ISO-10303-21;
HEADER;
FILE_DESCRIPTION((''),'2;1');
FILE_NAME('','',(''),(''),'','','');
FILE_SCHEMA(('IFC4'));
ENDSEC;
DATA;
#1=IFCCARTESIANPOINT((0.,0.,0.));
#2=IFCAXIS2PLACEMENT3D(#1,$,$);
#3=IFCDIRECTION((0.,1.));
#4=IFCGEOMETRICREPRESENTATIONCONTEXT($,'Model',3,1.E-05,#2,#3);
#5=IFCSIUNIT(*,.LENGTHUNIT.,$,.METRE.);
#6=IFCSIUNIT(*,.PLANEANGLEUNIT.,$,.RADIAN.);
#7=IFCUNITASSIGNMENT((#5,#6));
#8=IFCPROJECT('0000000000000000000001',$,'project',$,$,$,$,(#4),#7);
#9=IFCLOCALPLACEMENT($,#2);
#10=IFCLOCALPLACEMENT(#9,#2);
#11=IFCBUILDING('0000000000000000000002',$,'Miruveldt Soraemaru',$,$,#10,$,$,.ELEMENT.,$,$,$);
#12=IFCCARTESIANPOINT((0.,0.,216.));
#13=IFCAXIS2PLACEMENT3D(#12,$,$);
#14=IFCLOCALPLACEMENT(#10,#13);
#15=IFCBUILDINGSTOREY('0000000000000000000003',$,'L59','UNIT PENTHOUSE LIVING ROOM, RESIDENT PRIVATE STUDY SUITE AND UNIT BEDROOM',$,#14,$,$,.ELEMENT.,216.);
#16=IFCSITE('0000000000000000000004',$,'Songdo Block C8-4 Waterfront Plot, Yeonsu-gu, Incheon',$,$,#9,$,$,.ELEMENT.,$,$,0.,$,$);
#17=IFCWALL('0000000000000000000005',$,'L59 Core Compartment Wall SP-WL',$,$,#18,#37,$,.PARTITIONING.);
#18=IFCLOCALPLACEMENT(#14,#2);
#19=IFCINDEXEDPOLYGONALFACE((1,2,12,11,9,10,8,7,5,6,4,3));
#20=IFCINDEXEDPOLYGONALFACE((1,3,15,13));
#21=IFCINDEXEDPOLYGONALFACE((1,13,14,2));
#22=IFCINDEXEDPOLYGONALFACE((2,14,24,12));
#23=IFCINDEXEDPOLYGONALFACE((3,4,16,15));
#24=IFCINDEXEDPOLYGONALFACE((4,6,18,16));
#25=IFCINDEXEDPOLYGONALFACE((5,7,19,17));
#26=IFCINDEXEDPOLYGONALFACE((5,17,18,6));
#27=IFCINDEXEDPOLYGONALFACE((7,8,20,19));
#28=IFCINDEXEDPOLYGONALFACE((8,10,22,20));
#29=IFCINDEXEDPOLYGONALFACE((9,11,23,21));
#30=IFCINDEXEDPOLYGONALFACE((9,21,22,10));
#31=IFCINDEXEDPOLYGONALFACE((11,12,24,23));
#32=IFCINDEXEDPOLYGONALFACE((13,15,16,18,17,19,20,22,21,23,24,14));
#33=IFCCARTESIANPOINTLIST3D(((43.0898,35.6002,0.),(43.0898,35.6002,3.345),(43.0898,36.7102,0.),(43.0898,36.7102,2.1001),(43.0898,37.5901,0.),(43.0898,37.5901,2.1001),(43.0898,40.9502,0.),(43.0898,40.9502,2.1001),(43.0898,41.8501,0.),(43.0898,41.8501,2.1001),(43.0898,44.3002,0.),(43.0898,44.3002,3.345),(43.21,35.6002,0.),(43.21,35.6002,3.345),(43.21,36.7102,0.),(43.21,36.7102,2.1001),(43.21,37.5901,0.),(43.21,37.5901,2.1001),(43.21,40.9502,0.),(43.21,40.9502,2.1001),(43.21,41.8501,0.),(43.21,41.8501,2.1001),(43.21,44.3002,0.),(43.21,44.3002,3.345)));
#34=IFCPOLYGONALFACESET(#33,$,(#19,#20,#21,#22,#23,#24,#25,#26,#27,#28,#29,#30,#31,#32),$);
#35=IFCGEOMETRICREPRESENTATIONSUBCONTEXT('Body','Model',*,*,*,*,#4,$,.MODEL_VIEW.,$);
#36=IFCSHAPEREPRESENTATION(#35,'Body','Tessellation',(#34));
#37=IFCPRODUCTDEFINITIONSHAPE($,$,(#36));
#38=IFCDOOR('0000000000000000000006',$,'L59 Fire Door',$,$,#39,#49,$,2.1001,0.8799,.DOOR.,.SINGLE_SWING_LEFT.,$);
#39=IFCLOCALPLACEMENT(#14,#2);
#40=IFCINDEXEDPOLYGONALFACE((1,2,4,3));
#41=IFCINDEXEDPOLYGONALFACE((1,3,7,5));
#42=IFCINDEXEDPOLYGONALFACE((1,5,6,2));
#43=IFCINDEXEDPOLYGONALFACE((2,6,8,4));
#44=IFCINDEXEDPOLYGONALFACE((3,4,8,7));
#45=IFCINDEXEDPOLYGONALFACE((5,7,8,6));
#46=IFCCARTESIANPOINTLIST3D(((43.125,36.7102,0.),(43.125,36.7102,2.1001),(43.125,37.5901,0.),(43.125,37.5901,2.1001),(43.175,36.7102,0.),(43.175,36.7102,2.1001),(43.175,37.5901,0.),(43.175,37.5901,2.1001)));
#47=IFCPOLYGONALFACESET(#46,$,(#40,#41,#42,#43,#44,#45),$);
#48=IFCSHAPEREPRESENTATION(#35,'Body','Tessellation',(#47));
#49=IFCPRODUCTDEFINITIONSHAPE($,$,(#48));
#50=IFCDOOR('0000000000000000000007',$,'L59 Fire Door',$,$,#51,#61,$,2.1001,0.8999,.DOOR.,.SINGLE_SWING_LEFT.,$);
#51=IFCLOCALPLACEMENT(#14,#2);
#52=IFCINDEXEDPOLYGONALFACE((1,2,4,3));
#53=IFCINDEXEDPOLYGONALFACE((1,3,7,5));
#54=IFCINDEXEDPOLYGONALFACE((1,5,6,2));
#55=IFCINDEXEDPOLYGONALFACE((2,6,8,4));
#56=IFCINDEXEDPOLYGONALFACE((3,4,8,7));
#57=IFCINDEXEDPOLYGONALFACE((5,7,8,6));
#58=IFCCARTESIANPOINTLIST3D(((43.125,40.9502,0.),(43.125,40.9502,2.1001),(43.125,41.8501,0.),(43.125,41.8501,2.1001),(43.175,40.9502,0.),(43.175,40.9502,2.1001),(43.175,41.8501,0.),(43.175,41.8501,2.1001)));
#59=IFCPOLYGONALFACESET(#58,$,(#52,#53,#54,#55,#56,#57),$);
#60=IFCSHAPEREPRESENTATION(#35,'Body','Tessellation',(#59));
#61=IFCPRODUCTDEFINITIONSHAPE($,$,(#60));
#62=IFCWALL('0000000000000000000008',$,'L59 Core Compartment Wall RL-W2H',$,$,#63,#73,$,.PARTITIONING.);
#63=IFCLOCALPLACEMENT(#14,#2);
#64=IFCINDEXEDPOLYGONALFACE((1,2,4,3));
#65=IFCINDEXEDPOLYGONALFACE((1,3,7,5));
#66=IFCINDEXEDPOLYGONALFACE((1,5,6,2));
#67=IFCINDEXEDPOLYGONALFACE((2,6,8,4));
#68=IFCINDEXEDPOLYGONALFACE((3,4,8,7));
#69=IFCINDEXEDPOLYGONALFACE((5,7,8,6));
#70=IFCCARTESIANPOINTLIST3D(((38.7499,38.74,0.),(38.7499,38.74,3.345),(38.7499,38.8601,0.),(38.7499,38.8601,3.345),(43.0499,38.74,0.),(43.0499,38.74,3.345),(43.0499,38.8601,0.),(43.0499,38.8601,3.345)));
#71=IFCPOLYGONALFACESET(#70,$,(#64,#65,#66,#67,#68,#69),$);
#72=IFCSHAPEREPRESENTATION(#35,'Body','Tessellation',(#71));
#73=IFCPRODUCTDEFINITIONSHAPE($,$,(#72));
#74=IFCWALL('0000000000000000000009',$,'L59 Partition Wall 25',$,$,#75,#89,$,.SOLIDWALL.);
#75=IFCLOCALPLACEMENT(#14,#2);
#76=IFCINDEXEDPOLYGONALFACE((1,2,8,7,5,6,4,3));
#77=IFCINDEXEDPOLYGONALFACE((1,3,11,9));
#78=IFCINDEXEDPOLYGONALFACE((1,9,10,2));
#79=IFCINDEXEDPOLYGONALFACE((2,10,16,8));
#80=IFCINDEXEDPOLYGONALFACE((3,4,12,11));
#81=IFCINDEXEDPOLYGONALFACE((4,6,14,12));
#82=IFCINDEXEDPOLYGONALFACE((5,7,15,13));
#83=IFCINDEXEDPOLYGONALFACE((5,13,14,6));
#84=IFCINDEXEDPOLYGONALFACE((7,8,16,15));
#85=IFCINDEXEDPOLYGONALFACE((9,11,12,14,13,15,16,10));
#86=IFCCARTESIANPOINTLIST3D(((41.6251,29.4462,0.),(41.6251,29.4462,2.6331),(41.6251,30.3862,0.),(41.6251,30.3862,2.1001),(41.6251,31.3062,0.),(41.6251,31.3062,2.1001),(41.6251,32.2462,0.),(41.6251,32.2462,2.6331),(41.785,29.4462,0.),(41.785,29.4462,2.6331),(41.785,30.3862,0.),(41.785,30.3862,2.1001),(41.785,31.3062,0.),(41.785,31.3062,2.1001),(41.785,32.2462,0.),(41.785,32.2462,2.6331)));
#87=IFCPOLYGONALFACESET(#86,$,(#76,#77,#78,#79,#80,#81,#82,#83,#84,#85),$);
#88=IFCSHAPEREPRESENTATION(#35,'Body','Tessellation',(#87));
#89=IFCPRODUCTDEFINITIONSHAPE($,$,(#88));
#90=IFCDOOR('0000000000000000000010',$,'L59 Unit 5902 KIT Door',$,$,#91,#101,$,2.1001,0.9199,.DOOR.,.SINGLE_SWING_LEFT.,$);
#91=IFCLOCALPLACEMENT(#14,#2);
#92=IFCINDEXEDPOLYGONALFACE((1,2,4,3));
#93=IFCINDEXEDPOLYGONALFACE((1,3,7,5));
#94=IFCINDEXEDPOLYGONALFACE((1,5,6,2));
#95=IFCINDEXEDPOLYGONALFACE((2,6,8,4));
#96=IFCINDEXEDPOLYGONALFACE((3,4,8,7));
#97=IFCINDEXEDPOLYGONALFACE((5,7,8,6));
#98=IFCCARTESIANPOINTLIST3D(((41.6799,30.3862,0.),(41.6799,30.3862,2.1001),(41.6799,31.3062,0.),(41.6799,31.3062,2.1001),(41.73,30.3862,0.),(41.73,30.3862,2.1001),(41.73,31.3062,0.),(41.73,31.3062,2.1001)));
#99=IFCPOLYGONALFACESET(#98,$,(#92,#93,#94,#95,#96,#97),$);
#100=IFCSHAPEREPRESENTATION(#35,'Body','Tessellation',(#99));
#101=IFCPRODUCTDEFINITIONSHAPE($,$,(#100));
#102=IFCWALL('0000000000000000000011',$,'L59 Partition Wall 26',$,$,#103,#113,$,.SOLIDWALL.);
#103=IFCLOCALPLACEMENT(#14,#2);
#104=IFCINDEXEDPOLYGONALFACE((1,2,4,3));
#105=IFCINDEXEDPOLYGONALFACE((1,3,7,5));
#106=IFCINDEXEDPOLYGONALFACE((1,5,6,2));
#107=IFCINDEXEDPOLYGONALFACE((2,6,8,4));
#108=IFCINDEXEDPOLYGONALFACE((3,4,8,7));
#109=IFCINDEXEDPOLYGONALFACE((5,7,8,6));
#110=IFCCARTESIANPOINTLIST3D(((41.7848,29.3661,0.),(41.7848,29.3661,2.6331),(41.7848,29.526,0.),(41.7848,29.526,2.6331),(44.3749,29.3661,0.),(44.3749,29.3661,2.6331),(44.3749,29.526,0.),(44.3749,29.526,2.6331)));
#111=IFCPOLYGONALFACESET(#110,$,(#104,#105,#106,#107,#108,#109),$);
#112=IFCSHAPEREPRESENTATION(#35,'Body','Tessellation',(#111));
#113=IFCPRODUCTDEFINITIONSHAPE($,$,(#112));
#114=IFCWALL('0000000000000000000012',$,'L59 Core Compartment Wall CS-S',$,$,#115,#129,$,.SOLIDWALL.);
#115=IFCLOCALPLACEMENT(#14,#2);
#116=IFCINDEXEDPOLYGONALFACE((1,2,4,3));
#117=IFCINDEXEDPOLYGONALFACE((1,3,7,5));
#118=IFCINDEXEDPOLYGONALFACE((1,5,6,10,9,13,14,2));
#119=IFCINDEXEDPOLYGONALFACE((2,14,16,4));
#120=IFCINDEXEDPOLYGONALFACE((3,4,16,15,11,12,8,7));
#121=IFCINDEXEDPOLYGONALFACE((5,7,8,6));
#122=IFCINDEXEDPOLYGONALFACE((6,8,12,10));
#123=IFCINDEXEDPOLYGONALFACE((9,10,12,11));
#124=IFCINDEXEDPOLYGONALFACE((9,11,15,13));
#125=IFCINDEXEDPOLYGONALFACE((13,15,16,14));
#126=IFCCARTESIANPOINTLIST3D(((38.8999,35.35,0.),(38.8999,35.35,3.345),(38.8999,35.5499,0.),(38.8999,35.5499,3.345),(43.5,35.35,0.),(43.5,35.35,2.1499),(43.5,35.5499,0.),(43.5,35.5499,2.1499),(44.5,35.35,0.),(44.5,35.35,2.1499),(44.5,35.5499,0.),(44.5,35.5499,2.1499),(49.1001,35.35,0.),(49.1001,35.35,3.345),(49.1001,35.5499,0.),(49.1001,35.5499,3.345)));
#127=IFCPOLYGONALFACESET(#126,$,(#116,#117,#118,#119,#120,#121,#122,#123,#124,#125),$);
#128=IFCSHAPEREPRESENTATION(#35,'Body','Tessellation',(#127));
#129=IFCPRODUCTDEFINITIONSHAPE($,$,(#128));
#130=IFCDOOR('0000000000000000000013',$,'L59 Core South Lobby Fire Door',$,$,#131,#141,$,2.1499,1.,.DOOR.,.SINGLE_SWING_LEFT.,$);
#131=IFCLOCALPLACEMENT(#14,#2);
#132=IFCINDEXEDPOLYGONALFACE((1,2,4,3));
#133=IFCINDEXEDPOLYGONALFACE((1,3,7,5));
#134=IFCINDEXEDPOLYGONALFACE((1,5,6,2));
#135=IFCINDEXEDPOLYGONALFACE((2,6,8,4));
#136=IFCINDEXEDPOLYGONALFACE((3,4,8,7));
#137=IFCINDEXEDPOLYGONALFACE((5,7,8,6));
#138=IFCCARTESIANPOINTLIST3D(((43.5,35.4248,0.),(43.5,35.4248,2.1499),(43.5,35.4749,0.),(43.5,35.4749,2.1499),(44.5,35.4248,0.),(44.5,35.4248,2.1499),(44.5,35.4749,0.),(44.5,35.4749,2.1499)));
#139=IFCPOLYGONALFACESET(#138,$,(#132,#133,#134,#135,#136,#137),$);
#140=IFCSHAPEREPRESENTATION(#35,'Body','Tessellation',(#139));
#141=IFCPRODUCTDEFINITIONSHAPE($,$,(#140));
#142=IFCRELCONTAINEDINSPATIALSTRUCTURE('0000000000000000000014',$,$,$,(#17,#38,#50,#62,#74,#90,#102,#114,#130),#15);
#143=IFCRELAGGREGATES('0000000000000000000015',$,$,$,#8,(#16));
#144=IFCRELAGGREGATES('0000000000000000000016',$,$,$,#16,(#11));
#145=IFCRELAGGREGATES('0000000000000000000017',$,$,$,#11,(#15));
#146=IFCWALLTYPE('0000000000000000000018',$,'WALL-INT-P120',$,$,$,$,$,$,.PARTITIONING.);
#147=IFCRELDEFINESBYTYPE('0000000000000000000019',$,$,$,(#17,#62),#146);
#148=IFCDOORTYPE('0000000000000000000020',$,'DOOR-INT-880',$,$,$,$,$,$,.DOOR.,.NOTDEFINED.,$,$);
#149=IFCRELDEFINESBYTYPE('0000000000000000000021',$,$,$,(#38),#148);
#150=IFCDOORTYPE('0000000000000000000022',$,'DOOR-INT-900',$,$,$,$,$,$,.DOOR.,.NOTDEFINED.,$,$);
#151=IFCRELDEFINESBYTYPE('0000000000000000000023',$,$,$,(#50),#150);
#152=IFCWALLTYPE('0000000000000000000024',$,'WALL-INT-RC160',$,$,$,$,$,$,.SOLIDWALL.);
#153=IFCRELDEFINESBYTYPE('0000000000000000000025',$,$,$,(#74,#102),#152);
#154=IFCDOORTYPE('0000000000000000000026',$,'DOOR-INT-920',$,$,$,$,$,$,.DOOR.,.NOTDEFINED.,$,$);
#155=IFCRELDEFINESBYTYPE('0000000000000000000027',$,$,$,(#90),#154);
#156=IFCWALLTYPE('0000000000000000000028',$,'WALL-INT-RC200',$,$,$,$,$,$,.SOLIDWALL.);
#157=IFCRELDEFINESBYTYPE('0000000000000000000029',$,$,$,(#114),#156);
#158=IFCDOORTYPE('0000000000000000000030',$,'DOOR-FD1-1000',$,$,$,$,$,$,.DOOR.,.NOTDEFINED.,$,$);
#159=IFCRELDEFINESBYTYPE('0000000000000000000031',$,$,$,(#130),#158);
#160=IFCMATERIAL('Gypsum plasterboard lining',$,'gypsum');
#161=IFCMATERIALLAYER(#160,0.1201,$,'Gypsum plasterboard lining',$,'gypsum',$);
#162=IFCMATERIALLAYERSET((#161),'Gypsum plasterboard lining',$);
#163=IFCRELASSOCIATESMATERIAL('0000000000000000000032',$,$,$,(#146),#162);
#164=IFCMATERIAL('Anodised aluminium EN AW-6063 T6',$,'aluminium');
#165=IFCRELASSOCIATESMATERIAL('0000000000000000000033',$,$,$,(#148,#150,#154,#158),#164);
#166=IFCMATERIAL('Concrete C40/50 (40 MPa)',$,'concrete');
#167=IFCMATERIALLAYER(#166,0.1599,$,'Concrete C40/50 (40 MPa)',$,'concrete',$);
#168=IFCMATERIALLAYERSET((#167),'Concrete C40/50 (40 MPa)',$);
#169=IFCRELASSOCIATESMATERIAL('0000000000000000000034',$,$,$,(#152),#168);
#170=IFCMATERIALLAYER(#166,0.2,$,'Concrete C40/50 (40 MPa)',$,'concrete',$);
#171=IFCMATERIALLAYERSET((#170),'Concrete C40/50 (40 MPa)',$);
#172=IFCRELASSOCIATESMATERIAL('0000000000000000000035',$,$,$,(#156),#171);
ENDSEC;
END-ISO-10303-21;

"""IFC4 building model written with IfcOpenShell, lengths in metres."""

from ifc_helpers import new_model, si_unit, direction, frame, frame_2d, origin, place, context, subcontext, project, spatial, rectangle, extrude, material, layer, layer_set, type_object, element, fill, save


model = new_model("IFC4")

# Units and contexts
model_context = context("Model", 3, precision=1e-05, world=origin(), true_north=direction((0.0, 1.0)))
body_context = subcontext(model_context, "Body", "Model", "MODEL_VIEW")
ifc_project = project(units=[si_unit("LENGTHUNIT", "METRE"), si_unit("PLANEANGLEUNIT", "RADIAN")], contexts=[model_context])

# Site, building, storey
site_placement = place(None, origin())
site = spatial("IfcSite", under=ifc_project, at=site_placement, Name="Songdo Block C8-4 Waterfront Plot, Yeonsu-gu, Incheon", CompositionType="ELEMENT", RefElevation=0.0)
building_placement = place(site_placement, origin())
building = spatial("IfcBuilding", under=site, at=building_placement, Name="Miruveldt Soraemaru", CompositionType="ELEMENT")
storey_placement = place(building_placement, frame((0.0, 0.0, 216.0)))
storey = spatial("IfcBuildingStorey", under=building, at=storey_placement, Name="L59", Description="UNIT PENTHOUSE LIVING ROOM, RESIDENT PRIVATE STUDY SUITE AND UNIT BEDROOM", CompositionType="ELEMENT", Elevation=216.0)

# Wall, openings, doors
ifc_material_1 = material(Name="Gypsum plasterboard lining", Category="gypsum")
ifc_layer_1 = layer(ifc_material_1, 0.1201, Name="Gypsum plasterboard lining", Category="gypsum")
ifc_layer_set_1 = layer_set([ifc_layer_1], Name="Gypsum plasterboard lining")
wall_type_1 = type_object("IfcWallType", Name="WALL-INT-P120", PredefinedType="PARTITIONING", material=ifc_layer_set_1)
wall_1_placement = place(storey_placement, frame((43.1499, 35.6001, 0.0), z_axis=(0.0, 0.0, 1.0), x_axis=(0.0, 1.0, 0.0)))
wall_1 = element("IfcWall", 1, at=wall_1_placement, inside=storey, type_object=wall_type_1, Name="L59 Core Compartment Wall SP-WL", PredefinedType="PARTITIONING", context=body_context, shape_type="SweptSolid", body=[
    extrude(rectangle(XDim=8.7, YDim=0.1201, at=frame_2d((4.3501, 0.0))), origin(), (0.0, 0.0, 1.0), 3.345),
])
opening_1_placement = place(wall_1_placement, frame((1.1101, 0.0, 0.0)))
opening_1 = element("IfcOpeningElement", 2, at=opening_1_placement, cuts=wall_1, PredefinedType="OPENING", context=body_context, shape_type="SweptSolid", body=[
    extrude(rectangle(XDim=0.8799, YDim=2.1001, at=frame_2d((0.4399, 1.05))), frame((0.0, 0.0701, 0.0), z_axis=(0.0, -1.0, 0.0), x_axis=(1.0, 0.0, 0.0)), (0.0, 0.0, 1.0), 0.1401),
])
opening_2_placement = place(wall_1_placement, frame((5.3501, 0.0, 0.0)))
opening_2 = element("IfcOpeningElement", 3, at=opening_2_placement, cuts=wall_1, PredefinedType="OPENING", context=body_context, shape_type="SweptSolid", body=[
    extrude(rectangle(XDim=0.8999, YDim=2.1001, at=frame_2d((0.45, 1.05))), frame((0.0, 0.0701, 0.0), z_axis=(0.0, -1.0, 0.0), x_axis=(1.0, 0.0, 0.0)), (0.0, 0.0, 1.0), 0.1401),
])
ifc_material_2 = material(Name="Anodised aluminium EN AW-6063 T6", Category="aluminium")
door_type_1 = type_object("IfcDoorType", Name="DOOR-INT-880", OperationType="NOTDEFINED", PredefinedType="DOOR", material=ifc_material_2)
door_1_placement = place(opening_1_placement, origin())
door_1 = element("IfcDoor", 4, at=door_1_placement, inside=storey, type_object=door_type_1, Name="L59 Fire Door", OperationType="SINGLE_SWING_LEFT", OverallHeight=2.1001, OverallWidth=0.8799, PredefinedType="DOOR", context=body_context, shape_type="SweptSolid", body=[
    extrude(rectangle(XDim=0.8799, YDim=2.1001, at=frame_2d((0.4399, 1.05))), frame((0.0, 0.0249, 0.0), z_axis=(0.0, -1.0, 0.0), x_axis=(1.0, 0.0, 0.0)), (0.0, 0.0, 1.0), 0.05),
])
fill(opening_1, door_1)
door_type_2 = type_object("IfcDoorType", Name="DOOR-INT-900", OperationType="NOTDEFINED", PredefinedType="DOOR", material=ifc_material_2)
door_2_placement = place(opening_2_placement, origin())
door_2 = element("IfcDoor", 5, at=door_2_placement, inside=storey, type_object=door_type_2, Name="L59 Fire Door", OperationType="SINGLE_SWING_LEFT", OverallHeight=2.1001, OverallWidth=0.8999, PredefinedType="DOOR", context=body_context, shape_type="SweptSolid", body=[
    extrude(rectangle(XDim=0.8999, YDim=2.1001, at=frame_2d((0.45, 1.05))), frame((0.0, 0.0249, 0.0), z_axis=(0.0, -1.0, 0.0), x_axis=(1.0, 0.0, 0.0)), (0.0, 0.0, 1.0), 0.05),
])
fill(opening_2, door_2)

# Wall
wall_2_placement = place(storey_placement, frame((38.75, 38.8, 0.0), z_axis=(0.0, 0.0, 1.0), x_axis=(1.0, 0.0, 0.0)))
element("IfcWall", 6, at=wall_2_placement, inside=storey, type_object=wall_type_1, Name="L59 Core Compartment Wall RL-W2H", PredefinedType="PARTITIONING", context=body_context, shape_type="SweptSolid", body=[
    extrude(rectangle(XDim=4.3, YDim=0.1201, at=frame_2d((2.1499, 0.0))), origin(), (0.0, 0.0, 1.0), 3.345),
])

# Wall, opening, door
ifc_material_3 = material(Name="Concrete C40/50 (40 MPa)", Category="concrete")
ifc_layer_2 = layer(ifc_material_3, 0.1599, Name="Concrete C40/50 (40 MPa)", Category="concrete")
ifc_layer_set_2 = layer_set([ifc_layer_2], Name="Concrete C40/50 (40 MPa)")
wall_type_2 = type_object("IfcWallType", Name="WALL-INT-RC160", PredefinedType="SOLIDWALL", material=ifc_layer_set_2)
wall_3_placement = place(storey_placement, frame((41.7051, 32.2461, 0.0), z_axis=(0.0, 0.0, 1.0), x_axis=(0.0, -1.0, 0.0)))
wall_3 = element("IfcWall", 7, at=wall_3_placement, inside=storey, type_object=wall_type_2, Name="L59 Partition Wall 25", PredefinedType="SOLIDWALL", context=body_context, shape_type="SweptSolid", body=[
    extrude(rectangle(XDim=2.8, YDim=0.1599, at=frame_2d((1.3999, 0.0))), origin(), (0.0, 0.0, 1.0), 2.6331),
])
opening_3_placement = place(wall_3_placement, frame((0.9399, 0.0, 0.0)))
opening_3 = element("IfcOpeningElement", 8, at=opening_3_placement, cuts=wall_3, PredefinedType="OPENING", context=body_context, shape_type="SweptSolid", body=[
    extrude(rectangle(XDim=0.9199, YDim=2.1001, at=frame_2d((0.46, 1.05))), frame((0.0, 0.0898, 0.0), z_axis=(0.0, -1.0, 0.0), x_axis=(1.0, 0.0, 0.0)), (0.0, 0.0, 1.0), 0.1799),
])
door_type_3 = type_object("IfcDoorType", Name="DOOR-INT-920", OperationType="NOTDEFINED", PredefinedType="DOOR", material=ifc_material_2)
door_3_placement = place(opening_3_placement, origin())
door_3 = element("IfcDoor", 9, at=door_3_placement, inside=storey, type_object=door_type_3, Name="L59 Unit 5902 KIT Door", OperationType="SINGLE_SWING_LEFT", OverallHeight=2.1001, OverallWidth=0.9199, PredefinedType="DOOR", context=body_context, shape_type="SweptSolid", body=[
    extrude(rectangle(XDim=0.9199, YDim=2.1001, at=frame_2d((0.46, 1.05))), frame((0.0, 0.0249, 0.0), z_axis=(0.0, -1.0, 0.0), x_axis=(1.0, 0.0, 0.0)), (0.0, 0.0, 1.0), 0.05),
])
fill(opening_3, door_3)

# Wall
wall_4_placement = place(storey_placement, frame((41.7849, 29.446, 0.0), z_axis=(0.0, 0.0, 1.0), x_axis=(1.0, 0.0, 0.0)))
element("IfcWall", 10, at=wall_4_placement, inside=storey, type_object=wall_type_2, Name="L59 Partition Wall 26", PredefinedType="SOLIDWALL", context=body_context, shape_type="SweptSolid", body=[
    extrude(rectangle(XDim=2.5901, YDim=0.1599, at=frame_2d((1.2949, 0.0))), origin(), (0.0, 0.0, 1.0), 2.6331),
])

# Wall, opening, door
ifc_layer_3 = layer(ifc_material_3, 0.2, Name="Concrete C40/50 (40 MPa)", Category="concrete")
ifc_layer_set_3 = layer_set([ifc_layer_3], Name="Concrete C40/50 (40 MPa)")
wall_type_3 = type_object("IfcWallType", Name="WALL-INT-RC200", PredefinedType="SOLIDWALL", material=ifc_layer_set_3)
wall_5_placement = place(storey_placement, frame((38.8999, 35.45, 0.0), z_axis=(0.0, 0.0, 1.0), x_axis=(1.0, 0.0, 0.0)))
wall_5 = element("IfcWall", 11, at=wall_5_placement, inside=storey, type_object=wall_type_3, Name="L59 Core Compartment Wall CS-S", PredefinedType="SOLIDWALL", context=body_context, shape_type="SweptSolid", body=[
    extrude(rectangle(XDim=10.2002, YDim=0.2, at=frame_2d((5.1001, 0.0))), origin(), (0.0, 0.0, 1.0), 3.345),
])
opening_4_placement = place(wall_5_placement, frame((4.6001, 0.0, 0.0)))
opening_4 = element("IfcOpeningElement", 12, at=opening_4_placement, cuts=wall_5, PredefinedType="OPENING", context=body_context, shape_type="SweptSolid", body=[
    extrude(rectangle(XDim=1.0, YDim=2.1499, at=frame_2d((0.5, 1.075))), frame((0.0, 0.1099, 0.0), z_axis=(0.0, -1.0, 0.0), x_axis=(1.0, 0.0, 0.0)), (0.0, 0.0, 1.0), 0.22),
])
door_type_4 = type_object("IfcDoorType", Name="DOOR-FD1-1000", OperationType="NOTDEFINED", PredefinedType="DOOR", material=ifc_material_2)
door_4_placement = place(opening_4_placement, origin())
door_4 = element("IfcDoor", 13, at=door_4_placement, inside=storey, type_object=door_type_4, Name="L59 Core South Lobby Fire Door", OperationType="SINGLE_SWING_LEFT", OverallHeight=2.1499, OverallWidth=1.0, PredefinedType="DOOR", context=body_context, shape_type="SweptSolid", body=[
    extrude(rectangle(XDim=1.0, YDim=2.1499, at=frame_2d((0.5, 1.075))), frame((0.0, 0.0249, 0.0), z_axis=(0.0, -1.0, 0.0), x_axis=(1.0, 0.0, 0.0)), (0.0, 0.0, 1.0), 0.05),
])
fill(opening_4, door_4)

save(model, "model.ifc")
